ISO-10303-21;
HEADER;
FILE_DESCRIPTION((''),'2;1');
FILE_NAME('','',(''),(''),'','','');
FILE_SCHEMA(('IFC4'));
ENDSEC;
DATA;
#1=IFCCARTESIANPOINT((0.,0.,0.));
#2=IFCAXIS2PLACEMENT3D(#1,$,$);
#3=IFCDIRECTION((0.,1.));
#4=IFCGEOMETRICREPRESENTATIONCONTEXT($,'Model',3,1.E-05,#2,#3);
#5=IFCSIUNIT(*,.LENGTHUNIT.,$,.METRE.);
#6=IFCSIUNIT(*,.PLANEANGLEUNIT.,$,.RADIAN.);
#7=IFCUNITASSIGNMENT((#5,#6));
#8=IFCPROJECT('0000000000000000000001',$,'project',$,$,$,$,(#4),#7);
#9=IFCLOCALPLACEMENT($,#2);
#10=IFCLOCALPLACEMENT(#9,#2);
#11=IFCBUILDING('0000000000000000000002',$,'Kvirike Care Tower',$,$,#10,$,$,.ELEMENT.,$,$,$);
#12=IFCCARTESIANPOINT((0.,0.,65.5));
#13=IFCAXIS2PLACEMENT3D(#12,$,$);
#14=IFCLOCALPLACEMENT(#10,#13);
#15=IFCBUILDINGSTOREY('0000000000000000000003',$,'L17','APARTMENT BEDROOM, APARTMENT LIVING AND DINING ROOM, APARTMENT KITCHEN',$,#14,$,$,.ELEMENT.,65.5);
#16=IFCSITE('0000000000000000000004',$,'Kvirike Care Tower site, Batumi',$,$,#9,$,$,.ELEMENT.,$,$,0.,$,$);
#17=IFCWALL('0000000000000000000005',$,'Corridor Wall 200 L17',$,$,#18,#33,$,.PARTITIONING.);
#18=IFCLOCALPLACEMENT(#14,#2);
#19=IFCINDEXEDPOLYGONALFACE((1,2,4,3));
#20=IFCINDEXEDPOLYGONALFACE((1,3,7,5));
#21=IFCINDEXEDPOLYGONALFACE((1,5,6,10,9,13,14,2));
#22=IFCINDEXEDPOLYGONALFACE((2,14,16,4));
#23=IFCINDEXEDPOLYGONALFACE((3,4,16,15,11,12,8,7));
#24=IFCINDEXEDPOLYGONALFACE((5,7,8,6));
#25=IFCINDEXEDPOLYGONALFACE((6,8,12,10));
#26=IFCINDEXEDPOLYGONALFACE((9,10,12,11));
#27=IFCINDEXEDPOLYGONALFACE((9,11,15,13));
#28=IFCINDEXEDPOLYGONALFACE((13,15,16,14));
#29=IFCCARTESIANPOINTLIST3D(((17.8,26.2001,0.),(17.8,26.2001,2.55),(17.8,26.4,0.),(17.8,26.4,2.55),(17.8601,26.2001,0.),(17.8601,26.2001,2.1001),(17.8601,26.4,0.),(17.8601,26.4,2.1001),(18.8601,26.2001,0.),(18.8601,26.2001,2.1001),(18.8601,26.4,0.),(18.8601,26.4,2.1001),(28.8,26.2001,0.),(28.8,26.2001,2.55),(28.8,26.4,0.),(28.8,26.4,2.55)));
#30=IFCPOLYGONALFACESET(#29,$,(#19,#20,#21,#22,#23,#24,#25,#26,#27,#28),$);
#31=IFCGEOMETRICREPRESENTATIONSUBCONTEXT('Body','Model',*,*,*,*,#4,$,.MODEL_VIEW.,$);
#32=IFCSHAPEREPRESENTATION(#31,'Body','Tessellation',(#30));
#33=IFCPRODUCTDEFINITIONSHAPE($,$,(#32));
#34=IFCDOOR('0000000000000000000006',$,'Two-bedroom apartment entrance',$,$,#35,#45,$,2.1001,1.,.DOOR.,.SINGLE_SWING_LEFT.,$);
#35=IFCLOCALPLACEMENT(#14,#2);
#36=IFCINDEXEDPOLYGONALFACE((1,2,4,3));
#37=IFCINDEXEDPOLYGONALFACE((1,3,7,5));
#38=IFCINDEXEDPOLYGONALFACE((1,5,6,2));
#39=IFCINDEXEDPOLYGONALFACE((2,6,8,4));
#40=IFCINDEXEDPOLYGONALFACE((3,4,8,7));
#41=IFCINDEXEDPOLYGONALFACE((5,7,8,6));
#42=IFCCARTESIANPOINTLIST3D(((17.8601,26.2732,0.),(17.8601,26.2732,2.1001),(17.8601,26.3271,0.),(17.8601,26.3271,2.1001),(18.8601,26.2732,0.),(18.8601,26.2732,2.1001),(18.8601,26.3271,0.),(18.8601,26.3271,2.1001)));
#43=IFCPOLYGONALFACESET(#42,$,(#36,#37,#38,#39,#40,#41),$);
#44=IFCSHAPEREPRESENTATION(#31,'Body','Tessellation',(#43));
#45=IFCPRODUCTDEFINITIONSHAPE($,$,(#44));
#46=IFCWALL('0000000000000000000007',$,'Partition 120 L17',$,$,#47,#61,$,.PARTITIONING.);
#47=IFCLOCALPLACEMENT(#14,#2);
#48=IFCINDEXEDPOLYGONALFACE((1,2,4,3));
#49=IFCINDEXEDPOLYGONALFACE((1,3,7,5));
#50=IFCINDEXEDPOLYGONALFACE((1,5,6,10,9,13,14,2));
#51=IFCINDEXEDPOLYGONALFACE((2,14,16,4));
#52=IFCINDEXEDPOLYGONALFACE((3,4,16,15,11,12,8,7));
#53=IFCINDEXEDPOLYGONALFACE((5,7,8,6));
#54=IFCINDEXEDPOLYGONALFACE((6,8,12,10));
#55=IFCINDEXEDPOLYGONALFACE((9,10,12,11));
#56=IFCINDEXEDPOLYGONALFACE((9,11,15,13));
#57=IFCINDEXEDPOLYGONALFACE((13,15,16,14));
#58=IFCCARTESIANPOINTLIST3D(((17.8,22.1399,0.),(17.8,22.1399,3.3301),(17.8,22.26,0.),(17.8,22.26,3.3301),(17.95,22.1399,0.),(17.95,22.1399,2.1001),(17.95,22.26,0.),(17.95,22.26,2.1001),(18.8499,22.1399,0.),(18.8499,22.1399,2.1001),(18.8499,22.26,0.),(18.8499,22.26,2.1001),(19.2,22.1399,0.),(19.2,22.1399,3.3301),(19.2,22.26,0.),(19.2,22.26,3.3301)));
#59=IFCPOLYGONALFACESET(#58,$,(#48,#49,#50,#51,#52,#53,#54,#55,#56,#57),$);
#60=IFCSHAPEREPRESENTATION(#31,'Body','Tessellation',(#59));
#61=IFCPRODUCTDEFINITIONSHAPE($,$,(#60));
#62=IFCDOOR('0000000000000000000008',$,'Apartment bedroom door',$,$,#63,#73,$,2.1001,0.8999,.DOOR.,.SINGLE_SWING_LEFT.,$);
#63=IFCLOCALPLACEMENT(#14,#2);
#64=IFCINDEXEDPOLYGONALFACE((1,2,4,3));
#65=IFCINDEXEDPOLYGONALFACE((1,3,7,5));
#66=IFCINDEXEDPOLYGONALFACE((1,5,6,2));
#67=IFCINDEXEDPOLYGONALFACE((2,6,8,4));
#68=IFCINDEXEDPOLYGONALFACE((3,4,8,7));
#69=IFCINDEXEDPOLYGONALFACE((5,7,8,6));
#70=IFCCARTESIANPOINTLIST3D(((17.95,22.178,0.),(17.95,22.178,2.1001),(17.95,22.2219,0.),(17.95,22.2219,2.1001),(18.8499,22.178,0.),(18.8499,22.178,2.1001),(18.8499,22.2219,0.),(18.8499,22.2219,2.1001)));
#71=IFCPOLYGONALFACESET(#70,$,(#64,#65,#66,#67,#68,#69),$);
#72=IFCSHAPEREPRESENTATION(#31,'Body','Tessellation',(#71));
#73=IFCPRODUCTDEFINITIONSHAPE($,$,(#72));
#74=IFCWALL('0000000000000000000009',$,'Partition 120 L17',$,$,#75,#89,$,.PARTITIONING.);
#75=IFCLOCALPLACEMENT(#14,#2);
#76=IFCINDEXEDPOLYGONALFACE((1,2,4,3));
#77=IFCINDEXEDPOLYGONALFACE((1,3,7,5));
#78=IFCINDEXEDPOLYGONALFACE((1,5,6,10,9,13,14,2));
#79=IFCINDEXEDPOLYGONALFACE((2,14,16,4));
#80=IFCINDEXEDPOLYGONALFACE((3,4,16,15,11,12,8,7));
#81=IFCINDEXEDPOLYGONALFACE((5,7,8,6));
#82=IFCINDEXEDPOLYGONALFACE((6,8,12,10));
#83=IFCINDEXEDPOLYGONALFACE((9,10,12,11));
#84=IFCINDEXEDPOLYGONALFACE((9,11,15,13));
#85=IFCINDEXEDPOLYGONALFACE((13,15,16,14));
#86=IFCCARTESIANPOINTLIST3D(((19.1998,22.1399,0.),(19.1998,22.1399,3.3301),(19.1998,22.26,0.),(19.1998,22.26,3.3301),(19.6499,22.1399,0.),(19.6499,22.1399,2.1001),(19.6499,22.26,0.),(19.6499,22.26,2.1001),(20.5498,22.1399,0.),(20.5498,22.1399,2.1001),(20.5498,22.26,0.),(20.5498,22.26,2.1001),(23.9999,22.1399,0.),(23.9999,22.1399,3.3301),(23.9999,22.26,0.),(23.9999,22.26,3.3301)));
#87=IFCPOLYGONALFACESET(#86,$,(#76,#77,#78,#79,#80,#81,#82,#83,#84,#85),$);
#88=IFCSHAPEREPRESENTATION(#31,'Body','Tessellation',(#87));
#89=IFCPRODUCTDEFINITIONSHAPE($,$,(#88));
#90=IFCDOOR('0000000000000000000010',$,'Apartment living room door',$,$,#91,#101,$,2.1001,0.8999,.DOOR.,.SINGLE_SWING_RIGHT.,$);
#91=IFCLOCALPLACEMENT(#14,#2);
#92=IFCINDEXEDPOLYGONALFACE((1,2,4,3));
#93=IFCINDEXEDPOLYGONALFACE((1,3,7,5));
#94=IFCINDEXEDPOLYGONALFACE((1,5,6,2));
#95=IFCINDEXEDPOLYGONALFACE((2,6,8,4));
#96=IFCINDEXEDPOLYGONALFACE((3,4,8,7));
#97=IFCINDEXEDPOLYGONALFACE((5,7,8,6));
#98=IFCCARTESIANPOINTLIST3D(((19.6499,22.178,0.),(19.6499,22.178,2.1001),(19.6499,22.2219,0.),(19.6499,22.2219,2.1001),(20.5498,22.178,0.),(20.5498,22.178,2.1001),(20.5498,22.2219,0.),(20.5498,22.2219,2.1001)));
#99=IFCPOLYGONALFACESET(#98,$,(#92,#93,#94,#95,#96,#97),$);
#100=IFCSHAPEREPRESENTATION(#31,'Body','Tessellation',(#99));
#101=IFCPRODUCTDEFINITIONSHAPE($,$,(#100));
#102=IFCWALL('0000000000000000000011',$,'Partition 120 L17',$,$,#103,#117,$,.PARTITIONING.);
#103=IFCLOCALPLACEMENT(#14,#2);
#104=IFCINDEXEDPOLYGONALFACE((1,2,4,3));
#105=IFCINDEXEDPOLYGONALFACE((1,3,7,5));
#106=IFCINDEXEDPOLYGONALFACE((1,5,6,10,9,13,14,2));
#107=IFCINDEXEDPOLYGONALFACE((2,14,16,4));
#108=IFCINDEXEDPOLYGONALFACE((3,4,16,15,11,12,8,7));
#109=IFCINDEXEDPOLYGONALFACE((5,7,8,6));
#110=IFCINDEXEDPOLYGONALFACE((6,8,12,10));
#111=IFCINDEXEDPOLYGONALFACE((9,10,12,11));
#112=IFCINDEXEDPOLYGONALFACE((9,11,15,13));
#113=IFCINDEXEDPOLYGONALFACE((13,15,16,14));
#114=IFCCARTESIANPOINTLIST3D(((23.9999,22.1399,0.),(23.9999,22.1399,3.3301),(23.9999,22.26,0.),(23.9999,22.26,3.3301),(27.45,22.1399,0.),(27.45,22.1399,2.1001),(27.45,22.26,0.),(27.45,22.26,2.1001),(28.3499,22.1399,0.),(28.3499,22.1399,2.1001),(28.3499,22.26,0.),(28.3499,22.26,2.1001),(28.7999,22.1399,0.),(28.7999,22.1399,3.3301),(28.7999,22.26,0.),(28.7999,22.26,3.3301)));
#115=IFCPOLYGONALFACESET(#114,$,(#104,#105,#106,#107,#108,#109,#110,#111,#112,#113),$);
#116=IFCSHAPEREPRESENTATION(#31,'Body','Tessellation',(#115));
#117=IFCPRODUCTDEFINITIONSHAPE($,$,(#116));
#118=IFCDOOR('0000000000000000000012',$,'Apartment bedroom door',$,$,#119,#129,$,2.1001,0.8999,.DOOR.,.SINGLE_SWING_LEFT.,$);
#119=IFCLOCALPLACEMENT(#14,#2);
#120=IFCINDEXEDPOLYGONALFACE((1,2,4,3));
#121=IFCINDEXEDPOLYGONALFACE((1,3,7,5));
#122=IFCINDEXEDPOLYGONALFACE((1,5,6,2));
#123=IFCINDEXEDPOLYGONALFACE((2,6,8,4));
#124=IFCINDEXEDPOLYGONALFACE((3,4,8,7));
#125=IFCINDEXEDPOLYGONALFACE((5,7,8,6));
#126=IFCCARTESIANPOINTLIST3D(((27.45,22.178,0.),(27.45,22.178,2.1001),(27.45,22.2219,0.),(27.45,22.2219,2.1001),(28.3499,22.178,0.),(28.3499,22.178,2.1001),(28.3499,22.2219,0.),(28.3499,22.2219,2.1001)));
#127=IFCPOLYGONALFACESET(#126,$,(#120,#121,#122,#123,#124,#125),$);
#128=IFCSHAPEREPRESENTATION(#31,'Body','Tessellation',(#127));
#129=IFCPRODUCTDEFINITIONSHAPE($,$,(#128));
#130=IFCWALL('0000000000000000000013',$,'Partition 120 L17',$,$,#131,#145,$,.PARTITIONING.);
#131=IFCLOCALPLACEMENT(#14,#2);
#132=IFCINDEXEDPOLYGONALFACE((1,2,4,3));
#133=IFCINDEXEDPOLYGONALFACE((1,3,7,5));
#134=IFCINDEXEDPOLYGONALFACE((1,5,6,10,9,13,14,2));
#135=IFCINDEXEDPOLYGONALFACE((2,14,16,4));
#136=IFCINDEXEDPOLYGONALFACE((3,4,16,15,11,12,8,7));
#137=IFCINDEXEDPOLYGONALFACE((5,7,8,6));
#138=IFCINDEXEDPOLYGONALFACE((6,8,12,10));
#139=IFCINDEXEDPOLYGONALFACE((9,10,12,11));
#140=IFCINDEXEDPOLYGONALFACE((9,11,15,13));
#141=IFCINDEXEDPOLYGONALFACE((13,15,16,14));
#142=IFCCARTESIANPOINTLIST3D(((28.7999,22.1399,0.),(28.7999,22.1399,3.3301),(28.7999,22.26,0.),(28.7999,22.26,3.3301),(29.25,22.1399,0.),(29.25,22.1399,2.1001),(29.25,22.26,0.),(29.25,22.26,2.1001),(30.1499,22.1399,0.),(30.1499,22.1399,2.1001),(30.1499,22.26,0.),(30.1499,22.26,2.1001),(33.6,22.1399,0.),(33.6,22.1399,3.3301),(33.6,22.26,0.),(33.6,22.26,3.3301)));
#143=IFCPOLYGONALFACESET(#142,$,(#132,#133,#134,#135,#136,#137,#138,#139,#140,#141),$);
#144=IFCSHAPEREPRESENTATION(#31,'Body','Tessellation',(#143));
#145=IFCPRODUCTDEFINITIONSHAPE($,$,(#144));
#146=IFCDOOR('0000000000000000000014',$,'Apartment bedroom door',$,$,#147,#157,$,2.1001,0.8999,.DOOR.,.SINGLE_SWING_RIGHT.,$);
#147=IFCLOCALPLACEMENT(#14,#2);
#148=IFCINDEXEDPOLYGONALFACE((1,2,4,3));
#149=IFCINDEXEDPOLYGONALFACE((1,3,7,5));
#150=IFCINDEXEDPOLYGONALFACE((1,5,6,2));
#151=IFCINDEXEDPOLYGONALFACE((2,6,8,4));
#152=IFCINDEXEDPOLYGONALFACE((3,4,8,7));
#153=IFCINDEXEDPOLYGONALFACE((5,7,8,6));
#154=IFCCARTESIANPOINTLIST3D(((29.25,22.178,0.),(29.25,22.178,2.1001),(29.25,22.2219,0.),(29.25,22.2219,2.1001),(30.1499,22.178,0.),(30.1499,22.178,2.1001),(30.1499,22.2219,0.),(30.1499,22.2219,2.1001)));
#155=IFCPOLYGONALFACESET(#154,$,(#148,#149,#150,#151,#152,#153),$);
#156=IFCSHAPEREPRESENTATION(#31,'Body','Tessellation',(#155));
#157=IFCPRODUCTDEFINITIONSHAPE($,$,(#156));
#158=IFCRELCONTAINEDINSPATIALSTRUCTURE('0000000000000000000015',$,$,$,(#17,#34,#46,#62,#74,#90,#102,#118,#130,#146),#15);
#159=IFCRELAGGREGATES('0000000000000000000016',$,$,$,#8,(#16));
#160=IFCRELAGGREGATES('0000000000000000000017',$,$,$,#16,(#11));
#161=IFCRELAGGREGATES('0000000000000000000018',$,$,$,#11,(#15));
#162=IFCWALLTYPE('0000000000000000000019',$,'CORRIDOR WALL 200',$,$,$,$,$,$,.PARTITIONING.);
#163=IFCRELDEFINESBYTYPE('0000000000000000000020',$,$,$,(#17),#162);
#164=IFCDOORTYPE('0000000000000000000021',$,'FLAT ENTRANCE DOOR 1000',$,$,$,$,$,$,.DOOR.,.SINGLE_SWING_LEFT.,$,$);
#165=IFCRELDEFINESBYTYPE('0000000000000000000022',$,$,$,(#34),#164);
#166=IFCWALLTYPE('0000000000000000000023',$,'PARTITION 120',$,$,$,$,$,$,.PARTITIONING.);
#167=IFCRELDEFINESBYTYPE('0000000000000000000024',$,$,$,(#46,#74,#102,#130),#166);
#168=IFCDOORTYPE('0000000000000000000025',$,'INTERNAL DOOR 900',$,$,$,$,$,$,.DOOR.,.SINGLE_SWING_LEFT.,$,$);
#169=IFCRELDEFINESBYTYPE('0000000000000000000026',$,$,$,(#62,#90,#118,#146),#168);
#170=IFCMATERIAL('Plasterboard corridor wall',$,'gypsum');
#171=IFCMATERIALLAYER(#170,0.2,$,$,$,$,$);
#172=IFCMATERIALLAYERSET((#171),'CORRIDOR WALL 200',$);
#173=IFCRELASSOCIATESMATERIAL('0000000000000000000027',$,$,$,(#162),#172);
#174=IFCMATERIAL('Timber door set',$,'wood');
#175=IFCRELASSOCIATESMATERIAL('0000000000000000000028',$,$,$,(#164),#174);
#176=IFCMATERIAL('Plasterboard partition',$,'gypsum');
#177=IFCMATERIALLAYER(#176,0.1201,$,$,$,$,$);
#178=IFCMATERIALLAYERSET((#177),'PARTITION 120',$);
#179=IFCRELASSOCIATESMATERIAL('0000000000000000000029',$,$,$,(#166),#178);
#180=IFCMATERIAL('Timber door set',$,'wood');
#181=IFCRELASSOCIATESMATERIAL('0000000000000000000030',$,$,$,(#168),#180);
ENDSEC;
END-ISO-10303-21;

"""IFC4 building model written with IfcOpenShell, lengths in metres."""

from ifc_helpers import new_model, si_unit, direction, frame, frame_2d, origin, place, context, subcontext, project, spatial, rectangle, extrude, material, layer, layer_set, type_object, element, fill, save


model = new_model("IFC4")

# Units and contexts
model_context = context("Model", 3, precision=1e-05, world=origin(), true_north=direction((0.0, 1.0)))
body_context = subcontext(model_context, "Body", "Model", "MODEL_VIEW")
ifc_project = project(units=[si_unit("LENGTHUNIT", "METRE"), si_unit("PLANEANGLEUNIT", "RADIAN")], contexts=[model_context])

# Site, building, storey
site_placement = place(None, origin())
site = spatial("IfcSite", under=ifc_project, at=site_placement, Name="Kvirike Care Tower site, Batumi", CompositionType="ELEMENT", RefElevation=0.0)
building_placement = place(site_placement, origin())
building = spatial("IfcBuilding", under=site, at=building_placement, Name="Kvirike Care Tower", CompositionType="ELEMENT")
storey_placement = place(building_placement, frame((0.0, 0.0, 65.5)))
storey = spatial("IfcBuildingStorey", under=building, at=storey_placement, Name="L17", Description="APARTMENT BEDROOM, APARTMENT LIVING AND DINING ROOM, APARTMENT KITCHEN", CompositionType="ELEMENT", Elevation=65.5)

# Walls, openings, doors
ifc_material_1 = material(Name="Plasterboard corridor wall", Category="gypsum")
ifc_layer_1 = layer(ifc_material_1, 0.2)
ifc_layer_set_1 = layer_set([ifc_layer_1], Name="CORRIDOR WALL 200")
wall_type_1 = type_object("IfcWallType", Name="CORRIDOR WALL 200", PredefinedType="PARTITIONING", material=ifc_layer_set_1)
wall_1_placement = place(storey_placement, frame((17.8, 26.3, 0.0), z_axis=(0.0, 0.0, 1.0), x_axis=(1.0, 0.0, 0.0)))
wall_1 = element("IfcWall", 1, at=wall_1_placement, inside=storey, type_object=wall_type_1, Name="Corridor Wall 200 L17", PredefinedType="PARTITIONING", context=body_context, shape_type="SweptSolid", body=[
    extrude(rectangle(XDim=11.0, YDim=0.2, at=frame_2d((5.5, 0.0))), origin(), (0.0, 0.0, 1.0), 2.55),
])
opening_1_placement = place(wall_1_placement, frame((0.0601, 0.0, 0.0)))
opening_1 = element("IfcOpeningElement", 2, at=opening_1_placement, cuts=wall_1, PredefinedType="OPENING", context=body_context, shape_type="SweptSolid", body=[
    extrude(rectangle(XDim=1.0, YDim=2.1001, at=frame_2d((0.5, 1.05))), frame((0.0, 0.1106, 0.0), z_axis=(0.0, -1.0, 0.0), x_axis=(1.0, 0.0, 0.0)), (0.0, 0.0, 1.0), 0.2209),
])
ifc_material_2 = material(Name="Timber door set", Category="wood")
door_type_1 = type_object("IfcDoorType", Name="FLAT ENTRANCE DOOR 1000", OperationType="SINGLE_SWING_LEFT", PredefinedType="DOOR", material=ifc_material_2)
door_1_placement = place(opening_1_placement, frame((1.0, 0.0, 0.0), z_axis=(0.0, 0.0, 1.0), x_axis=(-1.0, 0.0, 0.0)))
door_1 = element("IfcDoor", 3, at=door_1_placement, inside=storey, type_object=door_type_1, Name="Two-bedroom apartment entrance", OperationType="SINGLE_SWING_LEFT", OverallHeight=2.1001, OverallWidth=1.0, PredefinedType="DOOR", context=body_context, shape_type="SweptSolid", body=[
    extrude(rectangle(XDim=1.0, YDim=2.1001, at=frame_2d((0.5, 1.05))), frame((0.0, 0.0269, 0.0), z_axis=(0.0, -1.0, 0.0), x_axis=(1.0, 0.0, 0.0)), (0.0, 0.0, 1.0), 0.054),
])
fill(opening_1, door_1)
ifc_material_3 = material(Name="Plasterboard partition", Category="gypsum")
ifc_layer_2 = layer(ifc_material_3, 0.1201)
ifc_layer_set_2 = layer_set([ifc_layer_2], Name="PARTITION 120")
wall_type_2 = type_object("IfcWallType", Name="PARTITION 120", PredefinedType="PARTITIONING", material=ifc_layer_set_2)
wall_2_placement = place(storey_placement, frame((17.8, 22.2, 0.0), z_axis=(0.0, 0.0, 1.0), x_axis=(1.0, 0.0, 0.0)))
wall_2 = element("IfcWall", 4, at=wall_2_placement, inside=storey, type_object=wall_type_2, Name="Partition 120 L17", PredefinedType="PARTITIONING", context=body_context, shape_type="SweptSolid", body=[
    extrude(rectangle(XDim=1.3999, YDim=0.1201, at=frame_2d((0.7, 0.0))), origin(), (0.0, 0.0, 1.0), 3.3301),
])
opening_2_placement = place(wall_2_placement, frame((0.1499, 0.0, 0.0)))
opening_2 = element("IfcOpeningElement", 5, at=opening_2_placement, cuts=wall_2, PredefinedType="OPENING", context=body_context, shape_type="SweptSolid", body=[
    extrude(rectangle(XDim=0.8999, YDim=2.1001, at=frame_2d((0.45, 1.05))), frame((0.0, 0.0706, 0.0), z_axis=(0.0, -1.0, 0.0), x_axis=(1.0, 0.0, 0.0)), (0.0, 0.0, 1.0), 0.1411),
])
ifc_material_4 = material(Name="Timber door set", Category="wood")
door_type_2 = type_object("IfcDoorType", Name="INTERNAL DOOR 900", OperationType="SINGLE_SWING_LEFT", PredefinedType="DOOR", material=ifc_material_4)
door_2_placement = place(opening_2_placement, frame((0.8999, 0.0, 0.0), z_axis=(0.0, 0.0, 1.0), x_axis=(-1.0, 0.0, 0.0)))
door_2 = element("IfcDoor", 6, at=door_2_placement, inside=storey, type_object=door_type_2, Name="Apartment bedroom door", OperationType="SINGLE_SWING_LEFT", OverallHeight=2.1001, OverallWidth=0.8999, PredefinedType="DOOR", context=body_context, shape_type="SweptSolid", body=[
    extrude(rectangle(XDim=0.8999, YDim=2.1001, at=frame_2d((0.45, 1.05))), frame((0.0, 0.022, 0.0), z_axis=(0.0, -1.0, 0.0), x_axis=(1.0, 0.0, 0.0)), (0.0, 0.0, 1.0), 0.0439),
])
fill(opening_2, door_2)
wall_3_placement = place(storey_placement, frame((19.2, 22.2, 0.0), z_axis=(0.0, 0.0, 1.0), x_axis=(1.0, 0.0, 0.0)))
wall_3 = element("IfcWall", 7, at=wall_3_placement, inside=storey, type_object=wall_type_2, Name="Partition 120 L17", PredefinedType="PARTITIONING", context=body_context, shape_type="SweptSolid", body=[
    extrude(rectangle(XDim=4.8, YDim=0.1201, at=frame_2d((2.3999, 0.0))), origin(), (0.0, 0.0, 1.0), 3.3301),
])
opening_3_placement = place(wall_3_placement, frame((0.45, 0.0, 0.0)))
opening_3 = element("IfcOpeningElement", 8, at=opening_3_placement, cuts=wall_3, PredefinedType="OPENING", context=body_context, shape_type="SweptSolid", body=[
    extrude(rectangle(XDim=0.8999, YDim=2.1001, at=frame_2d((0.45, 1.05))), frame((0.0, 0.0706, 0.0), z_axis=(0.0, -1.0, 0.0), x_axis=(1.0, 0.0, 0.0)), (0.0, 0.0, 1.0), 0.1411),
])
door_3_placement = place(opening_3_placement, origin())
door_3 = element("IfcDoor", 9, at=door_3_placement, inside=storey, type_object=door_type_2, Name="Apartment living room door", OperationType="SINGLE_SWING_RIGHT", OverallHeight=2.1001, OverallWidth=0.8999, PredefinedType="DOOR", context=body_context, shape_type="SweptSolid", body=[
    extrude(rectangle(XDim=0.8999, YDim=2.1001, at=frame_2d((0.45, 1.05))), frame((0.0, 0.022, 0.0), z_axis=(0.0, -1.0, 0.0), x_axis=(1.0, 0.0, 0.0)), (0.0, 0.0, 1.0), 0.0439),
])
fill(opening_3, door_3)
wall_4_placement = place(storey_placement, frame((24.0, 22.2, 0.0), z_axis=(0.0, 0.0, 1.0), x_axis=(1.0, 0.0, 0.0)))
wall_4 = element("IfcWall", 10, at=wall_4_placement, inside=storey, type_object=wall_type_2, Name="Partition 120 L17", PredefinedType="PARTITIONING", context=body_context, shape_type="SweptSolid", body=[
    extrude(rectangle(XDim=4.8, YDim=0.1201, at=frame_2d((2.3999, 0.0))), origin(), (0.0, 0.0, 1.0), 3.3301),
])
opening_4_placement = place(wall_4_placement, frame((3.45, 0.0, 0.0)))
opening_4 = element("IfcOpeningElement", 11, at=opening_4_placement, cuts=wall_4, PredefinedType="OPENING", context=body_context, shape_type="SweptSolid", body=[
    extrude(rectangle(XDim=0.8999, YDim=2.1001, at=frame_2d((0.45, 1.05))), frame((0.0, 0.0706, 0.0), z_axis=(0.0, -1.0, 0.0), x_axis=(1.0, 0.0, 0.0)), (0.0, 0.0, 1.0), 0.1411),
])
door_4_placement = place(opening_4_placement, origin())
door_4 = element("IfcDoor", 12, at=door_4_placement, inside=storey, type_object=door_type_2, Name="Apartment bedroom door", OperationType="SINGLE_SWING_LEFT", OverallHeight=2.1001, OverallWidth=0.8999, PredefinedType="DOOR", context=body_context, shape_type="SweptSolid", body=[
    extrude(rectangle(XDim=0.8999, YDim=2.1001, at=frame_2d((0.45, 1.05))), frame((0.0, 0.022, 0.0), z_axis=(0.0, -1.0, 0.0), x_axis=(1.0, 0.0, 0.0)), (0.0, 0.0, 1.0), 0.0439),
])
fill(opening_4, door_4)
wall_5_placement = place(storey_placement, frame((28.8, 22.2, 0.0), z_axis=(0.0, 0.0, 1.0), x_axis=(1.0, 0.0, 0.0)))
wall_5 = element("IfcWall", 13, at=wall_5_placement, inside=storey, type_object=wall_type_2, Name="Partition 120 L17", PredefinedType="PARTITIONING", context=body_context, shape_type="SweptSolid", body=[
    extrude(rectangle(XDim=4.8, YDim=0.1201, at=frame_2d((2.3999, 0.0))), origin(), (0.0, 0.0, 1.0), 3.3301),
])
opening_5_placement = place(wall_5_placement, frame((0.45, 0.0, 0.0)))
opening_5 = element("IfcOpeningElement", 14, at=opening_5_placement, cuts=wall_5, PredefinedType="OPENING", context=body_context, shape_type="SweptSolid", body=[
    extrude(rectangle(XDim=0.8999, YDim=2.1001, at=frame_2d((0.45, 1.05))), frame((0.0, 0.0706, 0.0), z_axis=(0.0, -1.0, 0.0), x_axis=(1.0, 0.0, 0.0)), (0.0, 0.0, 1.0), 0.1411),
])
door_5_placement = place(opening_5_placement, origin())
door_5 = element("IfcDoor", 15, at=door_5_placement, inside=storey, type_object=door_type_2, Name="Apartment bedroom door", OperationType="SINGLE_SWING_RIGHT", OverallHeight=2.1001, OverallWidth=0.8999, PredefinedType="DOOR", context=body_context, shape_type="SweptSolid", body=[
    extrude(rectangle(XDim=0.8999, YDim=2.1001, at=frame_2d((0.45, 1.05))), frame((0.0, 0.022, 0.0), z_axis=(0.0, -1.0, 0.0), x_axis=(1.0, 0.0, 0.0)), (0.0, 0.0, 1.0), 0.0439),
])
fill(opening_5, door_5)

save(model, "model.ifc")
